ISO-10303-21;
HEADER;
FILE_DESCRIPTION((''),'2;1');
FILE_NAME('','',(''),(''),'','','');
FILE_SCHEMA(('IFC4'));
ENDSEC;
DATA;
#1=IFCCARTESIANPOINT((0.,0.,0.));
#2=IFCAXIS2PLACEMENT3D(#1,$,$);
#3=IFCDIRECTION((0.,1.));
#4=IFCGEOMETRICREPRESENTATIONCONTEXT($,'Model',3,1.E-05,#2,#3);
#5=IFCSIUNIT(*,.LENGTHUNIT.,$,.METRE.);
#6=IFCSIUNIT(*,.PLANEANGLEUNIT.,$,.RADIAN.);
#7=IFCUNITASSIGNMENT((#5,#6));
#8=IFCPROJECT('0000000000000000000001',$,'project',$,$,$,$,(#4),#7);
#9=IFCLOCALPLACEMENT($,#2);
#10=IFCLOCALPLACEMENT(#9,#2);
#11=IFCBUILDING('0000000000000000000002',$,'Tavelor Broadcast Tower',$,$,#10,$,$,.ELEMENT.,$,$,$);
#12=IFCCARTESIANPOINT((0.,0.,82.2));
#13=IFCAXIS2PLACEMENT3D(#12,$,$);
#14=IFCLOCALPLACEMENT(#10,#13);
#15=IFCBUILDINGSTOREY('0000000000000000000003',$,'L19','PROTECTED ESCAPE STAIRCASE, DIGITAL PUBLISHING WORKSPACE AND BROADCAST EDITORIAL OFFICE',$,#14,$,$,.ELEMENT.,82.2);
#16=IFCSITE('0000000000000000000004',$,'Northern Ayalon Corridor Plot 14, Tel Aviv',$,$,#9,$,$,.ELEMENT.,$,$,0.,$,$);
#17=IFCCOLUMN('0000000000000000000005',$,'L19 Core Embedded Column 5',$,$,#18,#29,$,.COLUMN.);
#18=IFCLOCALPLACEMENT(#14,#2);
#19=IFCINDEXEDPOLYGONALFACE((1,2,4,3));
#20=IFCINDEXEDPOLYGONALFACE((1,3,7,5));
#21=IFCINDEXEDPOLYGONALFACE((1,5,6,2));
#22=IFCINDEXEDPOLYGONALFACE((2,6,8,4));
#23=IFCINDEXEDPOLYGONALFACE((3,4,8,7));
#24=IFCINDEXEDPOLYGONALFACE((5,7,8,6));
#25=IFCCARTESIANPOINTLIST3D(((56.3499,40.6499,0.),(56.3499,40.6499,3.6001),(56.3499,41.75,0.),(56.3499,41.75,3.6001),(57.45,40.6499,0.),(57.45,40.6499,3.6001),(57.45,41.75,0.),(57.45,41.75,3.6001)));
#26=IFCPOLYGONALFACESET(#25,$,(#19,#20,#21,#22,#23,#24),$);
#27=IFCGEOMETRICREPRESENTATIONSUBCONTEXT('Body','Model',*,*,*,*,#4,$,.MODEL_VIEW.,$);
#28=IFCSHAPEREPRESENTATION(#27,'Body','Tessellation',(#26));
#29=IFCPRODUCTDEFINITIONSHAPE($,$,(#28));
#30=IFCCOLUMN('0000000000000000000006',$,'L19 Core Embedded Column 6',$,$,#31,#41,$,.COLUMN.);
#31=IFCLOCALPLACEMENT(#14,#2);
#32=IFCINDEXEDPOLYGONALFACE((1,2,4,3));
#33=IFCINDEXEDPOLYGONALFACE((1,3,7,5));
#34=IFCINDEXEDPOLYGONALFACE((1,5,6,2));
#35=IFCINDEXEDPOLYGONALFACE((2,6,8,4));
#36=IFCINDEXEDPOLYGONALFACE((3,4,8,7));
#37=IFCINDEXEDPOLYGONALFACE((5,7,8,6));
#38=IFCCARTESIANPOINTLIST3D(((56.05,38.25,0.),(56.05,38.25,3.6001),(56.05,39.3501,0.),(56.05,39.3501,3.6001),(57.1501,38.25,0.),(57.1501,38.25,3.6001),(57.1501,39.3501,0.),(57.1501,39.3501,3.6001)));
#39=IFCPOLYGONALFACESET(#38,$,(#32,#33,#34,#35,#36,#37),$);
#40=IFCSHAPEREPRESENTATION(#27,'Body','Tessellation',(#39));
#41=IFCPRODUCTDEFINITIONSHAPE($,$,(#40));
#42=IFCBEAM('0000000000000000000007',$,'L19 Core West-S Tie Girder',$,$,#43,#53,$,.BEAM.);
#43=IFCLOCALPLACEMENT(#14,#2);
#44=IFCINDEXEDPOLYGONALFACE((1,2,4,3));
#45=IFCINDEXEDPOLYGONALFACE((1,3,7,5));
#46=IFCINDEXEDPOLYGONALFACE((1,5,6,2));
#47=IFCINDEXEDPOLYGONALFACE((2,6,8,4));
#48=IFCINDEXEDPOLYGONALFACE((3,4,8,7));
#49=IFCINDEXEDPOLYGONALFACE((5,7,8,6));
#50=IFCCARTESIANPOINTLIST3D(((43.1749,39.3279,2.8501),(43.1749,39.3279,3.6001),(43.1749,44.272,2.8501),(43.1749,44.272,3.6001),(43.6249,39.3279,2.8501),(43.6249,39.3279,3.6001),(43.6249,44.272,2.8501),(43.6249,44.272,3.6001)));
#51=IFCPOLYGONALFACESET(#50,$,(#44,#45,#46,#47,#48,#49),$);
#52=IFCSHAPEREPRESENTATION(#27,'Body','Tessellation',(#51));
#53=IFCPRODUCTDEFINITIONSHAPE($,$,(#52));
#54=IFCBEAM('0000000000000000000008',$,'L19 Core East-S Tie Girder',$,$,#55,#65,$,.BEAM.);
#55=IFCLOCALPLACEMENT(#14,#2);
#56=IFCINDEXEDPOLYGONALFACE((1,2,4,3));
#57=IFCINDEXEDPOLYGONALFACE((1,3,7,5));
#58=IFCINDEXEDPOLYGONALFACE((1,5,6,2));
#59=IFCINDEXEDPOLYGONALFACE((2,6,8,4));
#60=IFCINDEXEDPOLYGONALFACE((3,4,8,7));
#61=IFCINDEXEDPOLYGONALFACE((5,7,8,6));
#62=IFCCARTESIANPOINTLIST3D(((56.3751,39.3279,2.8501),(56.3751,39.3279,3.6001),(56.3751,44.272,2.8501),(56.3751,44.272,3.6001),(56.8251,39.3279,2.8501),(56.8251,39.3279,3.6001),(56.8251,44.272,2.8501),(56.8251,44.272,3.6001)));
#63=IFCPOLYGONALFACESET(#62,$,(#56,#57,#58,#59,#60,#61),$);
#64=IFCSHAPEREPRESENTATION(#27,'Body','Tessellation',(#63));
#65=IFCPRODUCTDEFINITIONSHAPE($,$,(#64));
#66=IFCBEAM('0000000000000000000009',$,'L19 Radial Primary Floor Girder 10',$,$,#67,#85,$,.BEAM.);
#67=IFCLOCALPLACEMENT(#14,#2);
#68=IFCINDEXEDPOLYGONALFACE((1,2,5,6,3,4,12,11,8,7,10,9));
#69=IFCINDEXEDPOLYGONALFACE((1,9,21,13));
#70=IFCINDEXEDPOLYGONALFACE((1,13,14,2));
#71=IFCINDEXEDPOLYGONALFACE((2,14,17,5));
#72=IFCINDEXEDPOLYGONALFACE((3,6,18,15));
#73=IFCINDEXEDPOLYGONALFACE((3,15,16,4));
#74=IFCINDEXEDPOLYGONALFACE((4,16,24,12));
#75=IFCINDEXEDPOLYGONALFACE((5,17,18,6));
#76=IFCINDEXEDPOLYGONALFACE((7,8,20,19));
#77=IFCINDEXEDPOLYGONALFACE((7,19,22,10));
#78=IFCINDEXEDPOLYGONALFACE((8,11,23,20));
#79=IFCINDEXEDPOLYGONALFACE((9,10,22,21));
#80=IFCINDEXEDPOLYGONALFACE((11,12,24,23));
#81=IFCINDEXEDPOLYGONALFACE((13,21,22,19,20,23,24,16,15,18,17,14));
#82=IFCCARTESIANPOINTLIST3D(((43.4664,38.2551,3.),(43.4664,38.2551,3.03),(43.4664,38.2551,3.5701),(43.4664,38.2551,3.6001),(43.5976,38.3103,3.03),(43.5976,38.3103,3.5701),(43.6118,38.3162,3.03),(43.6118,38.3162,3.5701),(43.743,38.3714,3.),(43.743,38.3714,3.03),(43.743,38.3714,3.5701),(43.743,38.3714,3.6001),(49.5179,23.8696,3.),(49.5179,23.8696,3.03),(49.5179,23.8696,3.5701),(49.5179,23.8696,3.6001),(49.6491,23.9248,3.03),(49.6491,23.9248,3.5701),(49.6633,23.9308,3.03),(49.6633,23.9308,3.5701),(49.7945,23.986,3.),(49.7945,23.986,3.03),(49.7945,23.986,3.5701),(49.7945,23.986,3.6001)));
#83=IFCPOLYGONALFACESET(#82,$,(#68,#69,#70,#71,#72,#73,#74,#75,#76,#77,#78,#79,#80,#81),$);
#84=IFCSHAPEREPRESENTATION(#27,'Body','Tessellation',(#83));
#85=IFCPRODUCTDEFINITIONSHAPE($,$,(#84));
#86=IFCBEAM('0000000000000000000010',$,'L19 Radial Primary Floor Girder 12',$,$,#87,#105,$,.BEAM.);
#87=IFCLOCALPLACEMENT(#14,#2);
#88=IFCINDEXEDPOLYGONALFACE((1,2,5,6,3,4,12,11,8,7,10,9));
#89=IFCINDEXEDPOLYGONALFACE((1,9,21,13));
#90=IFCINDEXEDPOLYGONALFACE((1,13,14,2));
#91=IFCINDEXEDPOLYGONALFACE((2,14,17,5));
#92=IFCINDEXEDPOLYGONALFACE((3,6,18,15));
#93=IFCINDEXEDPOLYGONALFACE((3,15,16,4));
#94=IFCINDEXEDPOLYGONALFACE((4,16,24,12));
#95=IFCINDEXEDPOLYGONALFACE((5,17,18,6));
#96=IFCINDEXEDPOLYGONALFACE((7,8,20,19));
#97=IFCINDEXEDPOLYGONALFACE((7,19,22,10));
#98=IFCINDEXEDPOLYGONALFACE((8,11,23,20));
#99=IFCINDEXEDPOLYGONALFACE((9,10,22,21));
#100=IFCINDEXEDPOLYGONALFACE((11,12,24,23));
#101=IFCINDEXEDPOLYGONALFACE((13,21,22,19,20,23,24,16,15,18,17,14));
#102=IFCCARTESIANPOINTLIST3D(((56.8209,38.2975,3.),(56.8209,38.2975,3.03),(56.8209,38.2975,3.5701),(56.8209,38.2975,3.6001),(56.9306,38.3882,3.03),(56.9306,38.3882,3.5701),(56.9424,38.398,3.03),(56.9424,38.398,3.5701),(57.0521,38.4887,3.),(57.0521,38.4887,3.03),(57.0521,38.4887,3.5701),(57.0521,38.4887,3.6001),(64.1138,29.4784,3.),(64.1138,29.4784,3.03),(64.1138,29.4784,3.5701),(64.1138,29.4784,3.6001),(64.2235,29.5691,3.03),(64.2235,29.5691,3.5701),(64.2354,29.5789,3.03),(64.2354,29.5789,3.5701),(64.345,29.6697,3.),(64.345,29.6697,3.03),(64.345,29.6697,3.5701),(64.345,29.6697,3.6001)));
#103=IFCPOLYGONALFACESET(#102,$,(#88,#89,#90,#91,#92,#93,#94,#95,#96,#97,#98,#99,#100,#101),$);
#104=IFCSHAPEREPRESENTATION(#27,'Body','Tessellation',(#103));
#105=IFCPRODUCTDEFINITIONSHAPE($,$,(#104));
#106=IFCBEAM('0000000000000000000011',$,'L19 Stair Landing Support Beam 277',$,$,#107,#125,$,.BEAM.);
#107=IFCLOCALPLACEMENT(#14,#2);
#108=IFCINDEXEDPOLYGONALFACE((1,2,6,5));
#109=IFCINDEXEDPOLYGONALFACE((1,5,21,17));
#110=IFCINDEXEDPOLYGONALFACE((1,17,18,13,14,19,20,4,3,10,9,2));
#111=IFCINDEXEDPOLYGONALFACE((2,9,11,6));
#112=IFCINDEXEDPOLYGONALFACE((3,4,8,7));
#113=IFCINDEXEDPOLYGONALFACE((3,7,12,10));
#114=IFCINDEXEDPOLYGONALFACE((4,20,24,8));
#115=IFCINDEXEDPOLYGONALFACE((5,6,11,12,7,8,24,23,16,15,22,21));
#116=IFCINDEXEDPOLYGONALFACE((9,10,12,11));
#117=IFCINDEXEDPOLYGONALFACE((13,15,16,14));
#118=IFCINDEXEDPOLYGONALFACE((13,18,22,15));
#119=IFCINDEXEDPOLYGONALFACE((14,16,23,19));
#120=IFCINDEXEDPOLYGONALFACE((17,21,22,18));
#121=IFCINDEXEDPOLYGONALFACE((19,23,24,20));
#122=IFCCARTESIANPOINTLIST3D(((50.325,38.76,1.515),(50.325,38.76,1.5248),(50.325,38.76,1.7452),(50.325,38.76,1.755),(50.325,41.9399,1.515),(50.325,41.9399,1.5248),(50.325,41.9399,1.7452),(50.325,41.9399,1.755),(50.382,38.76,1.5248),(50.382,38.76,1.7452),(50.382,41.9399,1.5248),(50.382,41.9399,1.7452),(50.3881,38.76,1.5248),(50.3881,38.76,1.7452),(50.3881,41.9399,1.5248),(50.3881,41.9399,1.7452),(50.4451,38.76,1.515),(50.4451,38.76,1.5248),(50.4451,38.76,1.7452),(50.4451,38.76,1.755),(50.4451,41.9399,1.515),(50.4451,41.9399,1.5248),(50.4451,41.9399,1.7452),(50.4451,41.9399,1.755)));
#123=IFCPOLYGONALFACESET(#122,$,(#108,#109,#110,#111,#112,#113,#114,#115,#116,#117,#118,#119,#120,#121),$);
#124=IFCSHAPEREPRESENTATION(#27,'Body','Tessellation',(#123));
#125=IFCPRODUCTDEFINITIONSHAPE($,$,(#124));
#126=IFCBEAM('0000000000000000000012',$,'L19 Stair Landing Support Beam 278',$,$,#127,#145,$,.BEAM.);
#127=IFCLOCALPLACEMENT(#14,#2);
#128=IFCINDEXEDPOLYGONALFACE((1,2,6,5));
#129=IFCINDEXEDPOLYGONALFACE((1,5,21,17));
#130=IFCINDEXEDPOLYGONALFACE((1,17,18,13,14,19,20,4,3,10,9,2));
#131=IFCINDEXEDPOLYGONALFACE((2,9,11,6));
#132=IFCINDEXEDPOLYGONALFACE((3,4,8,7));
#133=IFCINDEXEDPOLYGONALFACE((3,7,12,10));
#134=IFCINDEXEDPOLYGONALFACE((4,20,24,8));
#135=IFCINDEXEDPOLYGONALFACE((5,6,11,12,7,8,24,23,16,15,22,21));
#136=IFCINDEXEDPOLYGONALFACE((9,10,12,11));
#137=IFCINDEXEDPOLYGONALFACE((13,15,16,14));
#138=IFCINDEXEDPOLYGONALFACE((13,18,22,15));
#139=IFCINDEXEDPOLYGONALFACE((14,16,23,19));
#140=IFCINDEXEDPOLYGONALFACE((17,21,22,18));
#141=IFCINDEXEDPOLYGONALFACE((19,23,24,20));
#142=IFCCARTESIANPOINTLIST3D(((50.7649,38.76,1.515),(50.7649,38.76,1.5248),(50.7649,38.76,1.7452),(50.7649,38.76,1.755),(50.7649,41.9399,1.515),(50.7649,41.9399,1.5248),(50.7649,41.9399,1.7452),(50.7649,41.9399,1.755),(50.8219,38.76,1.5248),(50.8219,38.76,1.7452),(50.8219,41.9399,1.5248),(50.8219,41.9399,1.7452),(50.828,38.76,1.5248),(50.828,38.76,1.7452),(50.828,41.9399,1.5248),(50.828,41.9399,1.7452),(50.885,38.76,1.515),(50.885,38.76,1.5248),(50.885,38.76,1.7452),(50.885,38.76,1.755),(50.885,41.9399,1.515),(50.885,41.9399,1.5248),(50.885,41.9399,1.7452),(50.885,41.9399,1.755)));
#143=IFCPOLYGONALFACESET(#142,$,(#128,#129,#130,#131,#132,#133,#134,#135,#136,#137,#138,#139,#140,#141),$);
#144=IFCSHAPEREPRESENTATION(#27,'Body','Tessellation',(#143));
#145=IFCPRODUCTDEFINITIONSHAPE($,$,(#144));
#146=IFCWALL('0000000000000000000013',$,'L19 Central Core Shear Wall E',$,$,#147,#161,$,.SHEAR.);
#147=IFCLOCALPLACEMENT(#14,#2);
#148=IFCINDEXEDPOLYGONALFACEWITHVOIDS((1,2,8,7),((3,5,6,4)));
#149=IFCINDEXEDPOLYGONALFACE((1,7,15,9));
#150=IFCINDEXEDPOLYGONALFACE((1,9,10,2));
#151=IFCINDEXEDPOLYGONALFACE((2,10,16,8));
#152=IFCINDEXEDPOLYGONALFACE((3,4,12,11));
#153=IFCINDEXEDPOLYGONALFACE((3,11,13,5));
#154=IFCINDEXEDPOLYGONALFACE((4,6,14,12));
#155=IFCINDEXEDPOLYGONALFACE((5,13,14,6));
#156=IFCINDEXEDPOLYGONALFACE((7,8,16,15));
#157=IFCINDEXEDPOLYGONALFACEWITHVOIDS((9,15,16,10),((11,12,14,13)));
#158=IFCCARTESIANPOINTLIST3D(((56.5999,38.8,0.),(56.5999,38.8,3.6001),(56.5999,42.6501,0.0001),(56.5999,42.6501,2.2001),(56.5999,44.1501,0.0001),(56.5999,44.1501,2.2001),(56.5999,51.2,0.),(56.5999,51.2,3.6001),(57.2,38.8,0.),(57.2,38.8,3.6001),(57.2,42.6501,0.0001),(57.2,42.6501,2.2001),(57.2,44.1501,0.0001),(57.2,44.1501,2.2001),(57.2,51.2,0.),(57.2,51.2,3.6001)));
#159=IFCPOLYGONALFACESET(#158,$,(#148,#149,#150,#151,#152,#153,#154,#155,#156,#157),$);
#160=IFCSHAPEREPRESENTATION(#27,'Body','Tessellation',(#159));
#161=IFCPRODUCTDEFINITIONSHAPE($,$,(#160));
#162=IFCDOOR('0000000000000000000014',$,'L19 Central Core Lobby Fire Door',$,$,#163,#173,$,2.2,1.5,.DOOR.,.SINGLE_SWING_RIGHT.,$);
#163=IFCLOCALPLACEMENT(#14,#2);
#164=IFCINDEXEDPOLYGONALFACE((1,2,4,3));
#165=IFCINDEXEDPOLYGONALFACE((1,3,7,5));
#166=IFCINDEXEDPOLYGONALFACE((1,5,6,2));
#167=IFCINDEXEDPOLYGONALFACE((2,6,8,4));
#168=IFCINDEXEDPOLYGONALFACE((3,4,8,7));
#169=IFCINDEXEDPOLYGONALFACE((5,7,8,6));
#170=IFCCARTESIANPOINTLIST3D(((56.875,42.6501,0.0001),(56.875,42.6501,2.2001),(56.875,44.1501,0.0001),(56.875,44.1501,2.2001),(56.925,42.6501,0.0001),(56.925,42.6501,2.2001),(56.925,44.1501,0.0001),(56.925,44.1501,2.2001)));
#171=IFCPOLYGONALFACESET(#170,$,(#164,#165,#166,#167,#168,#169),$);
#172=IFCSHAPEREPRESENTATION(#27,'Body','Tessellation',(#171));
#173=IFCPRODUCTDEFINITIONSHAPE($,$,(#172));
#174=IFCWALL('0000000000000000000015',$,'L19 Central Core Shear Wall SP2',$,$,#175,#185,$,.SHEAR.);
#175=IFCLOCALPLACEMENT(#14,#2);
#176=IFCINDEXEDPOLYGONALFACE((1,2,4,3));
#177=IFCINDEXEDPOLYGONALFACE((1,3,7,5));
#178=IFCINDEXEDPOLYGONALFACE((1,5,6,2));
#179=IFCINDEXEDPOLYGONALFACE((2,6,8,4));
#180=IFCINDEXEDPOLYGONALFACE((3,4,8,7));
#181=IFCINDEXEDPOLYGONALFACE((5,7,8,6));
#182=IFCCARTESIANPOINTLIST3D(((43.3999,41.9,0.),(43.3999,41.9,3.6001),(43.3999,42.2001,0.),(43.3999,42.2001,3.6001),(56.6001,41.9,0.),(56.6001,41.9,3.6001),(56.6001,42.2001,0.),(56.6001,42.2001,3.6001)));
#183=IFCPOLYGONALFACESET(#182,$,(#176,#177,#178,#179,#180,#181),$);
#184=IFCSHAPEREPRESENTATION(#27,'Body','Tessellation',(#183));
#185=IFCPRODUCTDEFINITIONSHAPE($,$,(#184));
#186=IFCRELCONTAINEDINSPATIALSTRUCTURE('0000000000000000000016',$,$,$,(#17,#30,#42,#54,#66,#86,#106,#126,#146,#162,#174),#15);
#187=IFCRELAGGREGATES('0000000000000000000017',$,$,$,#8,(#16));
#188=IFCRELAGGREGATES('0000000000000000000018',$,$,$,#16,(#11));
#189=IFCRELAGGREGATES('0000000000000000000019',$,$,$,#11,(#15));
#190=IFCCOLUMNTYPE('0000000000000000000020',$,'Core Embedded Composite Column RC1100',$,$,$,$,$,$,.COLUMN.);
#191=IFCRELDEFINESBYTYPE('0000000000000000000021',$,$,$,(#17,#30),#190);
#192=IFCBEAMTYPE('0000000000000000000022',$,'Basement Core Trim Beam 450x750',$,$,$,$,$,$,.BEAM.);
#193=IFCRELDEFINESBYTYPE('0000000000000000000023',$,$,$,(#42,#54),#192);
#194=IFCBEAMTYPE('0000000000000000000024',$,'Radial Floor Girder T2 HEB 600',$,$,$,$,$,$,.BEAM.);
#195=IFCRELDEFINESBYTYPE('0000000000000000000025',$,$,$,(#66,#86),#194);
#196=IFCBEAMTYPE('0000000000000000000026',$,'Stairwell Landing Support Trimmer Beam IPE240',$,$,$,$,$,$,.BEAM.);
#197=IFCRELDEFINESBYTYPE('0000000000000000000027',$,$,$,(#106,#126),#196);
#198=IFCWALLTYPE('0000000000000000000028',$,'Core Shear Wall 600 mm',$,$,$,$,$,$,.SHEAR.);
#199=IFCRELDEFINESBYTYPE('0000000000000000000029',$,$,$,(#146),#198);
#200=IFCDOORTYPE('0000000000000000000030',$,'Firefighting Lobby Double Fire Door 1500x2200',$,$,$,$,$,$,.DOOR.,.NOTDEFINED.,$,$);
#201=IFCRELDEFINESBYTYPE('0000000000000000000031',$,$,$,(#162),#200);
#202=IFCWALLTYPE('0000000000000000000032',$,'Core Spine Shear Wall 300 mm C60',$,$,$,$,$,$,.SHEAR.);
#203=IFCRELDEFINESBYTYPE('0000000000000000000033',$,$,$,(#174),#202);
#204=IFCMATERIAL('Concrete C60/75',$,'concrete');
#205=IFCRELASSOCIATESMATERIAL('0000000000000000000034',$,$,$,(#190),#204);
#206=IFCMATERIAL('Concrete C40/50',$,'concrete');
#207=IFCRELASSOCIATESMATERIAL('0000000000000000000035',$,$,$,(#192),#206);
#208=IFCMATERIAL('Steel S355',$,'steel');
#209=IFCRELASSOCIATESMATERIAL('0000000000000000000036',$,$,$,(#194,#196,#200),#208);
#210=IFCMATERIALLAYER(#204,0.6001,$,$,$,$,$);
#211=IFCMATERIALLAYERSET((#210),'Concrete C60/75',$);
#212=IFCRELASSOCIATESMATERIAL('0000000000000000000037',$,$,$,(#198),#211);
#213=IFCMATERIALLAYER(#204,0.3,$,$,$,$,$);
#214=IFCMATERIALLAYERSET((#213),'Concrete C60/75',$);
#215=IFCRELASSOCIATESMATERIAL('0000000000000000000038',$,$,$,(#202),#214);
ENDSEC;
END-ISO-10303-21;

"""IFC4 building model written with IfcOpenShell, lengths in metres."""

from ifc_helpers import new_model, si_unit, direction, frame, frame_2d, origin, origin_2d, place, context, subcontext, project, spatial, rectangle, i_section, extrude, material, layer, layer_set, material_profile, profile_set, type_object, element, fill, save


model = new_model("IFC4")

# Units and contexts
model_context = context("Model", 3, precision=1e-05, world=origin(), true_north=direction((0.0, 1.0)))
body_context = subcontext(model_context, "Body", "Model", "MODEL_VIEW")
ifc_project = project(units=[si_unit("LENGTHUNIT", "METRE"), si_unit("PLANEANGLEUNIT", "RADIAN")], contexts=[model_context])

# Site, building, storey
site_placement = place(None, origin())
site = spatial("IfcSite", under=ifc_project, at=site_placement, Name="Northern Ayalon Corridor Plot 14, Tel Aviv", CompositionType="ELEMENT", RefElevation=0.0)
building_placement = place(site_placement, origin())
building = spatial("IfcBuilding", under=site, at=building_placement, Name="Tavelor Broadcast Tower", CompositionType="ELEMENT")
storey_placement = place(building_placement, frame((0.0, 0.0, 82.2)))
storey = spatial("IfcBuildingStorey", under=building, at=storey_placement, Name="L19", Description="PROTECTED ESCAPE STAIRCASE, DIGITAL PUBLISHING WORKSPACE AND BROADCAST EDITORIAL OFFICE", CompositionType="ELEMENT", Elevation=82.2)

# Columns
ifc_material_1 = material(Name="Concrete C60/75", Category="concrete")
ifc_material_profile_1 = material_profile(ifc_material_1, rectangle(XDim=1.1001, YDim=1.1001, at=origin_2d()), Name="RC 1100x1100")
ifc_profile_set_1 = profile_set([ifc_material_profile_1], Name="Concrete C60/75")
column_type = type_object("IfcColumnType", Name="Core Embedded Composite Column RC1100", PredefinedType="COLUMN", material=ifc_profile_set_1)
for number, where, z_axis, x_axis, name in (
    (1, (56.8999, 41.2, 0.0), (0.0, 0.0, 1.0), (1.0, 0.0, 0.0), "L19 Core Embedded Column 5"),
    (2, (56.6001, 38.8, 0.0), (0.0, 0.0, 1.0), (1.0, 0.0, 0.0), "L19 Core Embedded Column 6"),
):
    element("IfcColumn", number, at=place(storey_placement, frame(where, z_axis=z_axis, x_axis=x_axis)), inside=storey, type_object=column_type, Name=name, PredefinedType="COLUMN", context=body_context, shape_type="SweptSolid", body=[
        extrude(rectangle(XDim=1.1001, YDim=1.1001, at=origin_2d()), origin(), (0.0, 0.0, 1.0), 3.6001),
    ])

# Beams
ifc_material_2 = material(Name="Concrete C40/50", Category="concrete")
ifc_material_profile_2 = material_profile(ifc_material_2, rectangle(XDim=0.45, YDim=0.75, at=origin_2d()), Name="RC 450x750")
ifc_profile_set_2 = profile_set([ifc_material_profile_2], Name="Concrete C40/50")
beam_type_1 = type_object("IfcBeamType", Name="Basement Core Trim Beam 450x750", PredefinedType="BEAM", material=ifc_profile_set_2)
for number, where, z_axis, x_axis, name in (
    (3, (43.3999, 39.3279, 3.2251), (0.0, 1.0, 0.0), (-1.0, 0.0, 0.0), "L19 Core West-S Tie Girder"),
    (4, (56.6001, 39.3279, 3.2251), (0.0, 1.0, 0.0), (-1.0, 0.0, 0.0), "L19 Core East-S Tie Girder"),
):
    element("IfcBeam", number, at=place(storey_placement, frame(where, z_axis=z_axis, x_axis=x_axis)), inside=storey, type_object=beam_type_1, Name=name, PredefinedType="BEAM", context=body_context, shape_type="SweptSolid", body=[
        extrude(rectangle(XDim=0.45, YDim=0.75, at=origin_2d()), origin(), (0.0, 0.0, 1.0), 4.9441),
    ])
ifc_material_3 = material(Name="Steel S355", Category="steel")
ifc_material_profile_3 = material_profile(ifc_material_3, i_section(OverallWidth=0.3, OverallDepth=0.6001, WebThickness=0.0154, FlangeThickness=0.03, at=origin_2d()), Name="HEB 600")
ifc_profile_set_3 = profile_set([ifc_material_profile_3], Name="Steel S355")
beam_type_2 = type_object("IfcBeamType", Name="Radial Floor Girder T2 HEB 600", PredefinedType="BEAM", material=ifc_profile_set_3)
beam_1_placement = place(storey_placement, frame((43.6047, 38.3132, 3.3), z_axis=(0.387756, -0.921762, 0.0), x_axis=(0.921762, 0.387756, 0.0)))
element("IfcBeam", 5, at=beam_1_placement, inside=storey, type_object=beam_type_2, Name="L19 Radial Primary Floor Girder 10", PredefinedType="BEAM", context=body_context, shape_type="SweptSolid", body=[
    extrude(i_section(OverallWidth=0.3, OverallDepth=0.6001, WebThickness=0.0154, FlangeThickness=0.03, at=origin_2d()), origin(), (0.0, 0.0, 1.0), 15.6064),
])
beam_2_placement = place(storey_placement, frame((56.9365, 38.3931, 3.3), z_axis=(0.637278, -0.770634, 0.0), x_axis=(0.770634, 0.637278, 0.0)))
element("IfcBeam", 6, at=beam_2_placement, inside=storey, type_object=beam_type_2, Name="L19 Radial Primary Floor Girder 12", PredefinedType="BEAM", context=body_context, shape_type="SweptSolid", body=[
    extrude(i_section(OverallWidth=0.3, OverallDepth=0.6001, WebThickness=0.0154, FlangeThickness=0.03, at=origin_2d()), origin(), (0.0, 0.0, 1.0), 11.4438),
])
ifc_material_profile_4 = material_profile(ifc_material_3, i_section(OverallWidth=0.1201, OverallDepth=0.24, WebThickness=0.0061, FlangeThickness=0.0098, at=origin_2d()), Name="IPE 240")
ifc_profile_set_4 = profile_set([ifc_material_profile_4], Name="Steel S355")
beam_type_3 = type_object("IfcBeamType", Name="Stairwell Landing Support Trimmer Beam IPE240", PredefinedType="BEAM", material=ifc_profile_set_4)
for number, where, z_axis, x_axis, name in (
    (7, (50.385, 38.76, 1.635), (0.0, 1.0, 0.0), (-1.0, 0.0, 0.0), "L19 Stair Landing Support Beam 277"),
    (8, (50.825, 38.76, 1.635), (0.0, 1.0, 0.0), (-1.0, 0.0, 0.0), "L19 Stair Landing Support Beam 278"),
):
    element("IfcBeam", number, at=place(storey_placement, frame(where, z_axis=z_axis, x_axis=x_axis)), inside=storey, type_object=beam_type_3, Name=name, PredefinedType="BEAM", context=body_context, shape_type="SweptSolid", body=[
        extrude(i_section(OverallWidth=0.1201, OverallDepth=0.24, WebThickness=0.0061, FlangeThickness=0.0098, at=origin_2d()), origin(), (0.0, 0.0, 1.0), 3.1799),
    ])

# Wall, opening, door
ifc_layer_1 = layer(ifc_material_1, 0.6001)
ifc_layer_set_1 = layer_set([ifc_layer_1], Name="Concrete C60/75")
wall_type_1 = type_object("IfcWallType", Name="Core Shear Wall 600 mm", PredefinedType="SHEAR", material=ifc_layer_set_1)
wall_1_placement = place(storey_placement, frame((56.8999, 38.8, 0.0), z_axis=(0.0, 0.0, 1.0), x_axis=(0.0, 1.0, 0.0)))
wall_1 = element("IfcWall", 9, at=wall_1_placement, inside=storey, type_object=wall_type_1, Name="L19 Central Core Shear Wall E", PredefinedType="SHEAR", context=body_context, shape_type="SweptSolid", body=[
    extrude(rectangle(XDim=12.3999, YDim=0.6001, at=frame_2d((6.2, 0.0))), origin(), (0.0, 0.0, 1.0), 3.6001),
])
opening_1_placement = place(wall_1_placement, frame((3.8501, 0.0, 0.0)))
opening_1 = element("IfcOpeningElement", 10, at=opening_1_placement, cuts=wall_1, PredefinedType="OPENING", context=body_context, shape_type="SweptSolid", body=[
    extrude(rectangle(XDim=1.5, YDim=2.2, at=frame_2d((0.75, 1.1001))), frame((0.0, 0.3101, 0.0), z_axis=(0.0, -1.0, 0.0), x_axis=(1.0, 0.0, 0.0)), (0.0, 0.0, 1.0), 0.6201),
])
door_type_1 = type_object("IfcDoorType", Name="Firefighting Lobby Double Fire Door 1500x2200", OperationType="NOTDEFINED", PredefinedType="DOOR", material=ifc_material_3)
door_1_placement = place(opening_1_placement, origin())
door_1 = element("IfcDoor", 11, at=door_1_placement, inside=storey, type_object=door_type_1, Name="L19 Central Core Lobby Fire Door", OperationType="SINGLE_SWING_RIGHT", OverallHeight=2.2, OverallWidth=1.5, PredefinedType="DOOR", context=body_context, shape_type="SweptSolid", body=[
    extrude(rectangle(XDim=1.5, YDim=2.2, at=frame_2d((0.75, 1.1001))), frame((0.0, 0.0249, 0.0), z_axis=(0.0, -1.0, 0.0), x_axis=(1.0, 0.0, 0.0)), (0.0, 0.0, 1.0), 0.05),
])
fill(opening_1, door_1)

# Wall
ifc_layer_2 = layer(ifc_material_1, 0.3)
ifc_layer_set_2 = layer_set([ifc_layer_2], Name="Concrete C60/75")
wall_type_2 = type_object("IfcWallType", Name="Core Spine Shear Wall 300 mm C60", PredefinedType="SHEAR", material=ifc_layer_set_2)
wall_2_placement = place(storey_placement, frame((43.3999, 42.05, 0.0), z_axis=(0.0, 0.0, 1.0), x_axis=(1.0, 0.0, 0.0)))
element("IfcWall", 12, at=wall_2_placement, inside=storey, type_object=wall_type_2, Name="L19 Central Core Shear Wall SP2", PredefinedType="SHEAR", context=body_context, shape_type="SweptSolid", body=[
    extrude(rectangle(XDim=13.2002, YDim=0.3, at=frame_2d((6.6001, 0.0))), origin(), (0.0, 0.0, 1.0), 3.6001),
])

save(model, "model.ifc")
